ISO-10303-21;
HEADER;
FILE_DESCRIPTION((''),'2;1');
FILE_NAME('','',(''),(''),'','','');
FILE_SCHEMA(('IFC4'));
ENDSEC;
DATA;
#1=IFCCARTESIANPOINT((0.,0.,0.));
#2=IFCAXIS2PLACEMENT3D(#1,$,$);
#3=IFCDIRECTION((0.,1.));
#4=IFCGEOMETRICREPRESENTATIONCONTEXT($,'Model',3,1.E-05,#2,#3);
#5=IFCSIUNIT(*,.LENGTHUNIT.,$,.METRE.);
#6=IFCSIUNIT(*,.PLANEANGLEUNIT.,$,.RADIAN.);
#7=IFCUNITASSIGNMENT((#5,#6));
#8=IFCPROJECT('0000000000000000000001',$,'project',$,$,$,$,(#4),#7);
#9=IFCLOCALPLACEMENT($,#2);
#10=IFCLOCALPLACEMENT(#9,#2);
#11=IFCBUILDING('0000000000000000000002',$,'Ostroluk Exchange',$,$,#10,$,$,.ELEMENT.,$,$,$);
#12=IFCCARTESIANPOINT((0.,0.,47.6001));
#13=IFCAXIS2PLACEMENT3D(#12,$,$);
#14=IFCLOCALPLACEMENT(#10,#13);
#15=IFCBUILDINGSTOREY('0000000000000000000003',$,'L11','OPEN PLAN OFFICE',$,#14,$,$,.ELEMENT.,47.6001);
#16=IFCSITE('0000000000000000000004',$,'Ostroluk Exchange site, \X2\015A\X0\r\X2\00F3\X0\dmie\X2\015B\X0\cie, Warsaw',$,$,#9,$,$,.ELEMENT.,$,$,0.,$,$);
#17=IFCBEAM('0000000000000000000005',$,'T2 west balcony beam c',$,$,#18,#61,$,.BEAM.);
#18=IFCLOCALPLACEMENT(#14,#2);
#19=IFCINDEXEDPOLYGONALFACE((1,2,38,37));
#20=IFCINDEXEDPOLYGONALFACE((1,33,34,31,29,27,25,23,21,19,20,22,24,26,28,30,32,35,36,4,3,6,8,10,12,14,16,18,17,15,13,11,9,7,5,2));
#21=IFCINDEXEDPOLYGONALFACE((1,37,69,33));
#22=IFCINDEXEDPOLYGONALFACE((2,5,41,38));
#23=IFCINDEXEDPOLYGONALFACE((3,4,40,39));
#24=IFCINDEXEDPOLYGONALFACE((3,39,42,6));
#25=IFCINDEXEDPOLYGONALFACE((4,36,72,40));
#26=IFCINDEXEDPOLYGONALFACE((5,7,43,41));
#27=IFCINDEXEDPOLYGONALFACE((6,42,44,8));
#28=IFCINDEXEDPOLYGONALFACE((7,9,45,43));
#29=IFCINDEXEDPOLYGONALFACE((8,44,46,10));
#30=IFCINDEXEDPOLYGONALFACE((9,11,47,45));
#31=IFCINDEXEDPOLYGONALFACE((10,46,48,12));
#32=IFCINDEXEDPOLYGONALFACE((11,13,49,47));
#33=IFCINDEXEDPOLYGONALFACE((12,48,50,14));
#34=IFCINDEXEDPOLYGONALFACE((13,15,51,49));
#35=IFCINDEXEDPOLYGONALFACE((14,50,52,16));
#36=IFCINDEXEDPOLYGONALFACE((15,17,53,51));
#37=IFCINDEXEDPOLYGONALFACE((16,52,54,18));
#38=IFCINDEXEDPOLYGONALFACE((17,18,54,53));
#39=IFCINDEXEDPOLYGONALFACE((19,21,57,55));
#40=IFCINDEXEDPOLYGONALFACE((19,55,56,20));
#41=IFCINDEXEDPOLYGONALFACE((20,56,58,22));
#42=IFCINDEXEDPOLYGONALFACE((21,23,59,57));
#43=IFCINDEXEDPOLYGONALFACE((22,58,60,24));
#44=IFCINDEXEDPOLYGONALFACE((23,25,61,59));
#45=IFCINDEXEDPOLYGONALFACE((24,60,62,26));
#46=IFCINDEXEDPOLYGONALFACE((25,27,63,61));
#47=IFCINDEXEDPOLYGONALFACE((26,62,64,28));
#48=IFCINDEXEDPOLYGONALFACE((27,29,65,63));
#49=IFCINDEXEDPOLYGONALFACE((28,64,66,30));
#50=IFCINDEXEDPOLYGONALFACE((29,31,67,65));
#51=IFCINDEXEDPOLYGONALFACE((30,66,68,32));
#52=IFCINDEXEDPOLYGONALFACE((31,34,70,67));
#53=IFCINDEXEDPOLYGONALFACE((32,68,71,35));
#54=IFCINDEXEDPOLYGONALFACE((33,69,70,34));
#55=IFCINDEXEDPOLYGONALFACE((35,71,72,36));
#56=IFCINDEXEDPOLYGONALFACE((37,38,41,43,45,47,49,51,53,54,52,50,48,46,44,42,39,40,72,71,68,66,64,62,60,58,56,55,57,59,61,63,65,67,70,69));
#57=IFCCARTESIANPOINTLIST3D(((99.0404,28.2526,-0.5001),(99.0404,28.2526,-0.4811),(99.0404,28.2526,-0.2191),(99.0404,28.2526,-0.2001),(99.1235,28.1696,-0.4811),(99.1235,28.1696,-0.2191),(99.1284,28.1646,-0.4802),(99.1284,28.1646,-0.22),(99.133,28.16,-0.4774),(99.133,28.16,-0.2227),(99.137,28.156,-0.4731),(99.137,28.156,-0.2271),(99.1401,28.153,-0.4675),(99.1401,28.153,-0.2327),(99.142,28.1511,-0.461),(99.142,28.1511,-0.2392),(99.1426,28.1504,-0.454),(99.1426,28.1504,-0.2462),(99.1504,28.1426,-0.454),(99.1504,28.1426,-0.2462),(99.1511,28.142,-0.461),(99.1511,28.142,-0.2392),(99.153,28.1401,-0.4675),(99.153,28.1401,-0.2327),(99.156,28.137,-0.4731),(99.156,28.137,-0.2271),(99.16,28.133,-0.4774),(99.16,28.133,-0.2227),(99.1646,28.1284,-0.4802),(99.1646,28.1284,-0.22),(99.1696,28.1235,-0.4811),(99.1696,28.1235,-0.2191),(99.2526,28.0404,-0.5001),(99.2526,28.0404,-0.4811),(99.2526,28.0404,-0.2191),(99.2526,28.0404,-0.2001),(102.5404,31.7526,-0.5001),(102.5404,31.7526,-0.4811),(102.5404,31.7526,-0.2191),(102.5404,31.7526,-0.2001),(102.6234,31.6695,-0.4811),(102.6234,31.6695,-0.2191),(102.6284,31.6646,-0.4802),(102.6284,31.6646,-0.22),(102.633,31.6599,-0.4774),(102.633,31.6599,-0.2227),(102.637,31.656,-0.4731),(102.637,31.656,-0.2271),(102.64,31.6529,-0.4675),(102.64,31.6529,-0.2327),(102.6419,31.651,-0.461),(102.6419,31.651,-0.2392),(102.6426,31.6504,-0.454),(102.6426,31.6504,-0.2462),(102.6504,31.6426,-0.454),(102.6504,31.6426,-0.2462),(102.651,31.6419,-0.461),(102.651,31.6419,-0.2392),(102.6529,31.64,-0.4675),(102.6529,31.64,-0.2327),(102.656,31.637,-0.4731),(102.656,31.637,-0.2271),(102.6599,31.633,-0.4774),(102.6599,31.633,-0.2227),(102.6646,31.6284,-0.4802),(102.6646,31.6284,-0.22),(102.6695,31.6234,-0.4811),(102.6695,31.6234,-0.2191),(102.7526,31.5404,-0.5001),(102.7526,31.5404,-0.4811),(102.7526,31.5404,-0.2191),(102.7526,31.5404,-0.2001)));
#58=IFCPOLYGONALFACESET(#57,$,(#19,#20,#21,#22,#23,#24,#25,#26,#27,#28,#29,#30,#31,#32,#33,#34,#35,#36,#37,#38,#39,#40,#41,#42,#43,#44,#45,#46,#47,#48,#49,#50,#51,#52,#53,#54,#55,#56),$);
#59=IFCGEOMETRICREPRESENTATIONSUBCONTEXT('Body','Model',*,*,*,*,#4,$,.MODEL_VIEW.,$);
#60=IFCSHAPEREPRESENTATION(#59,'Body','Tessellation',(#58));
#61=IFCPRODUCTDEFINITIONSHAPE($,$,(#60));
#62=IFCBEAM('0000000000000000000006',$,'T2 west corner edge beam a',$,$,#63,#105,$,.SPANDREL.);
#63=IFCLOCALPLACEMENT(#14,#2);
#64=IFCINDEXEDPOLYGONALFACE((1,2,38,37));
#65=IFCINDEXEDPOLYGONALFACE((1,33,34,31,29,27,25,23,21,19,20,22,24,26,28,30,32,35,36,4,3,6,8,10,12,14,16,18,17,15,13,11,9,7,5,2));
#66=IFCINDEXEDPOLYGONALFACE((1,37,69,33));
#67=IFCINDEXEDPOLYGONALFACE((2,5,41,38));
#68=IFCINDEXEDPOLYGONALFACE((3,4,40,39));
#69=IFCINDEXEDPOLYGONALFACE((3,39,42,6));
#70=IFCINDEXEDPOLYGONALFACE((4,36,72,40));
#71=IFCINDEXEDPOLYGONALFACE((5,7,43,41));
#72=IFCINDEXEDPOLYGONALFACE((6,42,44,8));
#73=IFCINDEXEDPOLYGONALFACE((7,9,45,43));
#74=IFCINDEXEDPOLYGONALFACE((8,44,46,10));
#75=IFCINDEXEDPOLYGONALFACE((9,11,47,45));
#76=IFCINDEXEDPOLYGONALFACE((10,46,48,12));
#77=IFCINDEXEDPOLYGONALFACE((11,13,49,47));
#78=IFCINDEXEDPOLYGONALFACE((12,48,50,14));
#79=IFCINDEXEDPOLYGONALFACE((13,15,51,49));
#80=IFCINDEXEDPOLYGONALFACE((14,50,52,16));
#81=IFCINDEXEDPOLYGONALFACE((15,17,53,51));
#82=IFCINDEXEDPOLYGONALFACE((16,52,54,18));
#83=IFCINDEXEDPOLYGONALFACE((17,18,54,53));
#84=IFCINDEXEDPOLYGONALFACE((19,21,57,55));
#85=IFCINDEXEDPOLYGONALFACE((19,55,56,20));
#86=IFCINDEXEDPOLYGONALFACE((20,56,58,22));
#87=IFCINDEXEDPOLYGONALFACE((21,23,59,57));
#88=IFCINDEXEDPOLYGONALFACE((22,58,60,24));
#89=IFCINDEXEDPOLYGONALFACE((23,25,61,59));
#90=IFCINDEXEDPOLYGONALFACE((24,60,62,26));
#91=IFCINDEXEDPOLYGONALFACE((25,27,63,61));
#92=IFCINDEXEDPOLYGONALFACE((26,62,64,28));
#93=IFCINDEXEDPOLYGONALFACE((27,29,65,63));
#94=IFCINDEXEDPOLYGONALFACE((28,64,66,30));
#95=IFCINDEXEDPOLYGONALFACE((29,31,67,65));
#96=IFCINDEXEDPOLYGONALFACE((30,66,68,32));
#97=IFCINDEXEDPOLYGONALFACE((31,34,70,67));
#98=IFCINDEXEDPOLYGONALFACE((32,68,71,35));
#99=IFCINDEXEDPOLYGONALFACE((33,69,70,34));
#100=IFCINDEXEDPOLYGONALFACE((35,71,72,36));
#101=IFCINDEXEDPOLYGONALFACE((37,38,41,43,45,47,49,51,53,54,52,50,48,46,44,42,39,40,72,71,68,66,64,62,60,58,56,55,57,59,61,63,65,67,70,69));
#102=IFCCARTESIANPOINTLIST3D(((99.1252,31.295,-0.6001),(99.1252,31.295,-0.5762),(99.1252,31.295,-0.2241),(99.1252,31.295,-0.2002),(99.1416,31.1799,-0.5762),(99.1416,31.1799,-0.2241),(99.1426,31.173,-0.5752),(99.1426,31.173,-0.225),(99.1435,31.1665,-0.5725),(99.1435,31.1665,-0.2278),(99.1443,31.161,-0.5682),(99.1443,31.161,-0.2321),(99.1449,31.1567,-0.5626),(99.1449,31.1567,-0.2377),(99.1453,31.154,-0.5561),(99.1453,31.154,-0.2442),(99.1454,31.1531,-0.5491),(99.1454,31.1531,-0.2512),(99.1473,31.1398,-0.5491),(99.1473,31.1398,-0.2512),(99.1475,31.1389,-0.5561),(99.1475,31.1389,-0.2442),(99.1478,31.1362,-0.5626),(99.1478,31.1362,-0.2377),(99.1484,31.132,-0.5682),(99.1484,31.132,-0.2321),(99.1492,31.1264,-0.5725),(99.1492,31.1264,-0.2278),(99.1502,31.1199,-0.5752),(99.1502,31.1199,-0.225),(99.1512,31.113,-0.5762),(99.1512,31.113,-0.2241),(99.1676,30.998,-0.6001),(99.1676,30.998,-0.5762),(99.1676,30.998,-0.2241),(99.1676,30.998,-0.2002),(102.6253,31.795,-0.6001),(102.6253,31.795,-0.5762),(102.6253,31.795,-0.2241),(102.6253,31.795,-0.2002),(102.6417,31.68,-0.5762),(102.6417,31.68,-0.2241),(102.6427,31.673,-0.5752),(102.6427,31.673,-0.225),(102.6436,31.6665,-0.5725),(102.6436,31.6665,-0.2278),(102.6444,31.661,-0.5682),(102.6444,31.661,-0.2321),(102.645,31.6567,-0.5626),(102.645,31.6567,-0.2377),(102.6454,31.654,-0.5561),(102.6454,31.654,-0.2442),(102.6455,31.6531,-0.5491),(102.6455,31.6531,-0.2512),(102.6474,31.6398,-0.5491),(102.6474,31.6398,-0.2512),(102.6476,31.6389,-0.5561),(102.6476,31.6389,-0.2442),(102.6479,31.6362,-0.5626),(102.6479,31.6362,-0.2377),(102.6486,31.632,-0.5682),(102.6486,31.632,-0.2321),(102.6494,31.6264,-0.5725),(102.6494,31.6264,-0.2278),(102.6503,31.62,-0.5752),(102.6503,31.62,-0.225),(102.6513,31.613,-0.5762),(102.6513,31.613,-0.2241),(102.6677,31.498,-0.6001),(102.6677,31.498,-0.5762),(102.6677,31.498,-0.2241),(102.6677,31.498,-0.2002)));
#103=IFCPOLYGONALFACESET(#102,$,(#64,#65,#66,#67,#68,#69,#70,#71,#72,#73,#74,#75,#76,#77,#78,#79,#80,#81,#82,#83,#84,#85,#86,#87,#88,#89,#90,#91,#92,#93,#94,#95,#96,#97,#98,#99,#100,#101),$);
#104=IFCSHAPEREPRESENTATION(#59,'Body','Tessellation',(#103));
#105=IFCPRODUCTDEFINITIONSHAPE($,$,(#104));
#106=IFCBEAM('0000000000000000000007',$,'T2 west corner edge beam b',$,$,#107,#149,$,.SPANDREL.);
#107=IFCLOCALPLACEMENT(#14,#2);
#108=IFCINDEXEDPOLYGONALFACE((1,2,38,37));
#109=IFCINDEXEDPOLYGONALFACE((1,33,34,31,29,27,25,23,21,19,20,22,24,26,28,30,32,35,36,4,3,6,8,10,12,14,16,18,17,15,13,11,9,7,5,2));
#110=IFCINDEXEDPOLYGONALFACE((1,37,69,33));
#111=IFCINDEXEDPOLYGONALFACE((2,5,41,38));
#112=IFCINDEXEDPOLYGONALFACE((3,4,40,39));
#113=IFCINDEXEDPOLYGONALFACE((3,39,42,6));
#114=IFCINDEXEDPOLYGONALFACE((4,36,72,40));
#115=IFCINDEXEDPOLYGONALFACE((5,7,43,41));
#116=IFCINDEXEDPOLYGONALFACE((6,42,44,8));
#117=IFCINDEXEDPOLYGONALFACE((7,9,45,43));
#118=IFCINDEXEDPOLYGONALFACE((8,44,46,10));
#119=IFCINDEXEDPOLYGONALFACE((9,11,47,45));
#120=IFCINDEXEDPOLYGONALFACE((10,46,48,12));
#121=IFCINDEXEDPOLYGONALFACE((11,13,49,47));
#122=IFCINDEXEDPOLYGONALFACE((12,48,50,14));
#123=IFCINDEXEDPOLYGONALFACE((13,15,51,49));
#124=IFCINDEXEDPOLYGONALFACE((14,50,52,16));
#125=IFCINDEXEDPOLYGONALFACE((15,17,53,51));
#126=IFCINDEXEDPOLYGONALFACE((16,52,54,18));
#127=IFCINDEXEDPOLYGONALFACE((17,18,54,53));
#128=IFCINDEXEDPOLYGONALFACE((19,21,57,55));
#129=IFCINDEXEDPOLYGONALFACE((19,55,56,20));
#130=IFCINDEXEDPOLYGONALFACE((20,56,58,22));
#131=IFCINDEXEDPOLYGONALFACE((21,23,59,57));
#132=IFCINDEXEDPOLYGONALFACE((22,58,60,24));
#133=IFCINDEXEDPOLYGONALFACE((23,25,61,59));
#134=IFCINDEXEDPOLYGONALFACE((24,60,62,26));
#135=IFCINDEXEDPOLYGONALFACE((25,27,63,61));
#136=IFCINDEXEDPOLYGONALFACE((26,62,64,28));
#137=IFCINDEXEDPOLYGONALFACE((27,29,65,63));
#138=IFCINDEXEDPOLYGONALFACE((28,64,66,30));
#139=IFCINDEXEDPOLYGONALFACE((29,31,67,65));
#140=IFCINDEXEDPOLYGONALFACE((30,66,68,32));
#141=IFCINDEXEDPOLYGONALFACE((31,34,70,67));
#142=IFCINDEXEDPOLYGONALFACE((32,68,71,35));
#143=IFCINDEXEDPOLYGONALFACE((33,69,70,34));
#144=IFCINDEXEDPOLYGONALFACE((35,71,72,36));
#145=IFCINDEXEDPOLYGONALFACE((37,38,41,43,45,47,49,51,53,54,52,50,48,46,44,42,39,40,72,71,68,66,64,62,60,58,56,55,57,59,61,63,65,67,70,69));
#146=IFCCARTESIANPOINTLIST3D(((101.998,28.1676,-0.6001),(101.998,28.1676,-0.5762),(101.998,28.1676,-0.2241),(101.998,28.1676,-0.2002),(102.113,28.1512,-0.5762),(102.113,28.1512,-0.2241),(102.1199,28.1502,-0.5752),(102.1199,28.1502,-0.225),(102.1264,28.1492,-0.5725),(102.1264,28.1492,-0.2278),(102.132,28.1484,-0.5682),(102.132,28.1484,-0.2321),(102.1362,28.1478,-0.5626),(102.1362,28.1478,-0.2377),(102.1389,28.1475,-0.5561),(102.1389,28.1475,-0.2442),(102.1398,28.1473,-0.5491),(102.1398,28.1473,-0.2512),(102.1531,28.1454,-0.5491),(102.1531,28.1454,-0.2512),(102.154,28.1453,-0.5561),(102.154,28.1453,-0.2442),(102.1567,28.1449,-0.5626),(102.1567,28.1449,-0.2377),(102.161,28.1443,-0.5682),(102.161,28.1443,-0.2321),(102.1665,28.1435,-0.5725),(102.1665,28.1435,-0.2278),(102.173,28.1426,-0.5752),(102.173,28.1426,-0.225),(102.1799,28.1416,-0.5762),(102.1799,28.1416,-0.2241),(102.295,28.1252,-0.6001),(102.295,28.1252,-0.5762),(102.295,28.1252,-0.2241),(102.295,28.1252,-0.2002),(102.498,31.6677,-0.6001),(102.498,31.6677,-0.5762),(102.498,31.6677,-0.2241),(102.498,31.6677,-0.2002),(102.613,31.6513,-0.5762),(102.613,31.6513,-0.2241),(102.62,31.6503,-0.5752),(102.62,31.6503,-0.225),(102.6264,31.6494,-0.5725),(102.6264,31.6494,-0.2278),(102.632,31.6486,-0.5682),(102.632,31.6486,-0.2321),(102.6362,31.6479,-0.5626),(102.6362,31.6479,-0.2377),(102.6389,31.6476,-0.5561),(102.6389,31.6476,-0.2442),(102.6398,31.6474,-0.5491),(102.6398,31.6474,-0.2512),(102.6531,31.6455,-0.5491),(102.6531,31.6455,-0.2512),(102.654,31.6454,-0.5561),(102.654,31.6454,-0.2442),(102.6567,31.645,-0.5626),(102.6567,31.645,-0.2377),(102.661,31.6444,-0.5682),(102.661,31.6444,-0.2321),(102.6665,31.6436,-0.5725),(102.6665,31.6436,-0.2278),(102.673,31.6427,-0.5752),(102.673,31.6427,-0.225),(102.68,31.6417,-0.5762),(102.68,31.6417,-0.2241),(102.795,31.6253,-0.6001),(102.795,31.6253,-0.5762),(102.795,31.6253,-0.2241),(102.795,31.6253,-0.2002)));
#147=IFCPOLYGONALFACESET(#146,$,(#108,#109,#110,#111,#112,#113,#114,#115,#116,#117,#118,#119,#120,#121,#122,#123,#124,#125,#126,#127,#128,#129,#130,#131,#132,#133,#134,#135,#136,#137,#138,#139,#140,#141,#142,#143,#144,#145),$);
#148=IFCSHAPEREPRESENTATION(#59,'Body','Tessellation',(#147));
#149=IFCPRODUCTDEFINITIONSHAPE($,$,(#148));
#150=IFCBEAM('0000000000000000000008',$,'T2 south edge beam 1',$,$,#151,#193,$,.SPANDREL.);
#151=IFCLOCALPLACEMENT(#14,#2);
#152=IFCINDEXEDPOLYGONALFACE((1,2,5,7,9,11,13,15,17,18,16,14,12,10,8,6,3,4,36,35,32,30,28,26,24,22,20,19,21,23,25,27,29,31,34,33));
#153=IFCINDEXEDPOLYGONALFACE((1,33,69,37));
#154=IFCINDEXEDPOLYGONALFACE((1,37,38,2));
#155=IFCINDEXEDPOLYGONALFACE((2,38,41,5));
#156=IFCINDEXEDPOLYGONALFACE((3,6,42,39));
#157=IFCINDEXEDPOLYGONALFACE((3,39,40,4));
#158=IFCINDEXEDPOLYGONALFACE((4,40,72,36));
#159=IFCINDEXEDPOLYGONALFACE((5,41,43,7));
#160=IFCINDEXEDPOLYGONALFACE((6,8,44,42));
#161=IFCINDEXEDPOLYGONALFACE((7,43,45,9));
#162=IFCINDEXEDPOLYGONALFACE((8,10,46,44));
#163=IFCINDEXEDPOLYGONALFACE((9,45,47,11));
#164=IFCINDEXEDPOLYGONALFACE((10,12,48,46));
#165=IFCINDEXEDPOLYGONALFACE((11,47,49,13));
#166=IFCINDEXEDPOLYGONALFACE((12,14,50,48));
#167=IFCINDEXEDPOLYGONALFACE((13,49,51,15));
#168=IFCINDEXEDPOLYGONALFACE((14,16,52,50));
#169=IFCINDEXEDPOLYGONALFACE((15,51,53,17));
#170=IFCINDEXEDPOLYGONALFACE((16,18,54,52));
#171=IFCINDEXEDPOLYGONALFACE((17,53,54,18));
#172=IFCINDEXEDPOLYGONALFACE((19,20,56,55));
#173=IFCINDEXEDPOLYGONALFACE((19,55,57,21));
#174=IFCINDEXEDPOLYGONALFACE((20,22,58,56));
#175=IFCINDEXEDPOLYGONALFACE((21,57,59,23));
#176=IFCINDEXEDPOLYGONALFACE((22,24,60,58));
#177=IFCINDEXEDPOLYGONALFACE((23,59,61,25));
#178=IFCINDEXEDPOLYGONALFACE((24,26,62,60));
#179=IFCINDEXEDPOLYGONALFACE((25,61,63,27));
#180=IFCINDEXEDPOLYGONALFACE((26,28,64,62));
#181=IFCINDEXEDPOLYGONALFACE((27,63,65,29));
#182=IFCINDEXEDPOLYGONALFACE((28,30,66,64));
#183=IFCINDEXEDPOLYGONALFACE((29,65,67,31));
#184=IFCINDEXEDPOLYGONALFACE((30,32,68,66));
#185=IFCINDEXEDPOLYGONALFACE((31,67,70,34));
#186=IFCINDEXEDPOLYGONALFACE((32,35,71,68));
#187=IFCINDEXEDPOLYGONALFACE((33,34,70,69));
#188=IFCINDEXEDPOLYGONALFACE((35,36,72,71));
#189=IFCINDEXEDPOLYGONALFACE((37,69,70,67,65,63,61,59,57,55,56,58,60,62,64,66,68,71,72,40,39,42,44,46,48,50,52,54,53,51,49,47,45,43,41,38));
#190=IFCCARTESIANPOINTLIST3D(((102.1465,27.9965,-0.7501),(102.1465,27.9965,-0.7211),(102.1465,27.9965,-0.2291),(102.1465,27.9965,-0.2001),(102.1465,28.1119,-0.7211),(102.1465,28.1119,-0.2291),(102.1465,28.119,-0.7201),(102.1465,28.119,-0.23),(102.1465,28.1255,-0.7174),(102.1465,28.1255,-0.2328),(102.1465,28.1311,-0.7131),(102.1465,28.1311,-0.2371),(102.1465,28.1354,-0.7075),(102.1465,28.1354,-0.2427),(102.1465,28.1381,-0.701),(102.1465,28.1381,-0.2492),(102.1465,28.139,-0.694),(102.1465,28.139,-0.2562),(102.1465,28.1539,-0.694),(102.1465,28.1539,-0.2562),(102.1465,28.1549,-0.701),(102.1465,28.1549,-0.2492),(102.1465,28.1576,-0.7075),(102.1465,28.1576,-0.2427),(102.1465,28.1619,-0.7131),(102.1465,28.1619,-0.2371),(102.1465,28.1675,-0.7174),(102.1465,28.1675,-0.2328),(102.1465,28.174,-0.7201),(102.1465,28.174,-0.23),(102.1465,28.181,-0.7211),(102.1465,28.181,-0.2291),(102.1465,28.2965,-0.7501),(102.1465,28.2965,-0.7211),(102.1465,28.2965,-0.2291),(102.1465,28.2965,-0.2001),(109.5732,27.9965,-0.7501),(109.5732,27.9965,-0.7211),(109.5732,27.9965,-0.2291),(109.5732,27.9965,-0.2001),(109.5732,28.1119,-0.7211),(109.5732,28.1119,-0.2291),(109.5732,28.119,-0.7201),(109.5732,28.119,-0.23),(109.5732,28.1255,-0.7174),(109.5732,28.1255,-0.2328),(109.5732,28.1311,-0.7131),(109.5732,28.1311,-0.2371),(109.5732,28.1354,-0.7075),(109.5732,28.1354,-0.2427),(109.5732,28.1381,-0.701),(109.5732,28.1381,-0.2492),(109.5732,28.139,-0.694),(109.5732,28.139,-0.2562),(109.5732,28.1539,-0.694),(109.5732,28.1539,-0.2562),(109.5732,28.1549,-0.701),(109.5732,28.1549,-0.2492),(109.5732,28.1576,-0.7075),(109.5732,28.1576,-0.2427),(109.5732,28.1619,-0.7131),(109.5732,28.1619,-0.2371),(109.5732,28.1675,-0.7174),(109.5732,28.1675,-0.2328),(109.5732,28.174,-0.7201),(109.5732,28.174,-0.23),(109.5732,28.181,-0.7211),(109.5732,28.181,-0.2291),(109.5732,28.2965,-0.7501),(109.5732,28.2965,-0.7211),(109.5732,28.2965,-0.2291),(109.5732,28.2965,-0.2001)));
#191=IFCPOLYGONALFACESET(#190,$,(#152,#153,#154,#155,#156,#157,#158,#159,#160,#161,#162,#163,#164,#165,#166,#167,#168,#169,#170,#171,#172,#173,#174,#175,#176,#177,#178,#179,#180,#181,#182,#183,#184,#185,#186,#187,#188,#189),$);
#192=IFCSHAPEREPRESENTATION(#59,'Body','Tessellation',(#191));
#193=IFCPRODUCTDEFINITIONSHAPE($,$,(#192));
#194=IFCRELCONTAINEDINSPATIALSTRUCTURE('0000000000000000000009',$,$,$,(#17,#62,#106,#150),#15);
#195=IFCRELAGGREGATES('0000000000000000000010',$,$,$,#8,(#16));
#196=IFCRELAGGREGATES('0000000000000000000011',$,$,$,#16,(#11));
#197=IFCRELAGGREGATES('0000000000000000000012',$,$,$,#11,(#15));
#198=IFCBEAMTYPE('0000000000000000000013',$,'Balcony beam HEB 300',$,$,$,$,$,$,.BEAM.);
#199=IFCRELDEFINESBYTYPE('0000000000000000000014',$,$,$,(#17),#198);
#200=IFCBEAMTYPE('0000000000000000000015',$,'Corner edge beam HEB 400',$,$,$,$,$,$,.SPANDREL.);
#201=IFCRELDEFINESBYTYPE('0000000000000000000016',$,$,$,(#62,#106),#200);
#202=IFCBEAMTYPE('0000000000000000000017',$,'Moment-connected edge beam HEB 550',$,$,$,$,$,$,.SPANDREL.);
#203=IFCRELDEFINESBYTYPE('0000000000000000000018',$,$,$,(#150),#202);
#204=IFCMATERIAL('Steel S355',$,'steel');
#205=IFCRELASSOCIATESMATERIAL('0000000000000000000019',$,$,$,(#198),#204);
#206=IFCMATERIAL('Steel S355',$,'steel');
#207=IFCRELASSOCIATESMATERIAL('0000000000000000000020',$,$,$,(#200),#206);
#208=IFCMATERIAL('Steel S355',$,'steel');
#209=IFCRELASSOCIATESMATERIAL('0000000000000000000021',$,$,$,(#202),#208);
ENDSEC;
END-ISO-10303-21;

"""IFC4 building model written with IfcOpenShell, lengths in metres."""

from ifc_helpers import new_model, si_unit, direction, frame, origin, origin_2d, place, context, subcontext, project, spatial, i_section, extrude, material, material_profile, profile_set, type_object, element, save


model = new_model("IFC4")

# Units and contexts
model_context = context("Model", 3, precision=1e-05, world=origin(), true_north=direction((0.0, 1.0)))
body_context = subcontext(model_context, "Body", "Model", "MODEL_VIEW")
ifc_project = project(units=[si_unit("LENGTHUNIT", "METRE"), si_unit("PLANEANGLEUNIT", "RADIAN")], contexts=[model_context])

# Site, building, storey
site_placement = place(None, origin())
site = spatial("IfcSite", under=ifc_project, at=site_placement, Name="Ostroluk Exchange site, Śródmieście, Warsaw", CompositionType="ELEMENT", RefElevation=0.0)
building_placement = place(site_placement, origin())
building = spatial("IfcBuilding", under=site, at=building_placement, Name="Ostroluk Exchange", CompositionType="ELEMENT")
storey_placement = place(building_placement, frame((0.0, 0.0, 47.6001)))
storey = spatial("IfcBuildingStorey", under=building, at=storey_placement, Name="L11", Description="OPEN PLAN OFFICE", CompositionType="ELEMENT", Elevation=47.6001)

# Beams
ifc_material_1 = material(Name="Steel S355", Category="steel")
ifc_material_profile_1 = material_profile(ifc_material_1, i_section(OverallWidth=0.3, OverallDepth=0.3, WebThickness=0.011, FlangeThickness=0.019, FilletRadius=0.0271, at=origin_2d()), Name="HEB 300")
ifc_profile_set_1 = profile_set([ifc_material_profile_1], Name="Steel S355")
beam_type_1 = type_object("IfcBeamType", Name="Balcony beam HEB 300", PredefinedType="BEAM", material=ifc_profile_set_1)
beam_placement = place(storey_placement, frame((102.6465, 31.6465, -0.3501), z_axis=(-0.707107, -0.707107, 0.0), x_axis=(0.707107, -0.707107, 0.0)))
element("IfcBeam", 1, at=beam_placement, inside=storey, type_object=beam_type_1, Name="T2 west balcony beam c", PredefinedType="BEAM", context=body_context, shape_type="SweptSolid", body=[
    extrude(i_section(OverallWidth=0.3, OverallDepth=0.3, WebThickness=0.011, FlangeThickness=0.019, FilletRadius=0.0271, at=origin_2d()), origin(), (0.0, 0.0, 1.0), 4.9497),
])
ifc_material_2 = material(Name="Steel S355", Category="steel")
ifc_material_profile_2 = material_profile(ifc_material_2, i_section(OverallWidth=0.3, OverallDepth=0.3999, WebThickness=0.0134, FlangeThickness=0.0239, FilletRadius=0.0271, at=origin_2d()), Name="HEB 400")
ifc_profile_set_2 = profile_set([ifc_material_profile_2], Name="Steel S355")
beam_type_2 = type_object("IfcBeamType", Name="Corner edge beam HEB 400", PredefinedType="SPANDREL", material=ifc_profile_set_2)
for number, where, z_axis, x_axis, name in (
    (2, (102.6465, 31.6465, -0.4001), (-0.989949, -0.141421, 0.0), (0.141421, -0.989949, 0.0), "T2 west corner edge beam a"),
    (3, (102.6465, 31.6465, -0.4001), (-0.141421, -0.989949, 0.0), (0.989949, -0.141421, 0.0), "T2 west corner edge beam b"),
):
    element("IfcBeam", number, at=place(storey_placement, frame(where, z_axis=z_axis, x_axis=x_axis)), inside=storey, type_object=beam_type_2, Name=name, PredefinedType="SPANDREL", context=body_context, shape_type="SweptSolid", body=[
        extrude(i_section(OverallWidth=0.3, OverallDepth=0.3999, WebThickness=0.0134, FlangeThickness=0.0239, FilletRadius=0.0271, at=origin_2d()), origin(), (0.0, 0.0, 1.0), 3.5356),
    ])
ifc_material_3 = material(Name="Steel S355", Category="steel")
ifc_material_profile_3 = material_profile(ifc_material_3, i_section(OverallWidth=0.3, OverallDepth=0.55, WebThickness=0.0149, FlangeThickness=0.0291, FilletRadius=0.0271, at=origin_2d()), Name="HEB 550")
ifc_profile_set_3 = profile_set([ifc_material_profile_3], Name="Steel S355")
beam_type_3 = type_object("IfcBeamType", Name="Moment-connected edge beam HEB 550", PredefinedType="SPANDREL", material=ifc_profile_set_3)
for number, where, z_axis, x_axis, name in (
    (4, (102.1465, 28.1465, -0.4751), (1.0, 0.0, 0.0), (0.0, 1.0, 0.0), "T2 south edge beam 1"),
):
    element("IfcBeam", number, at=place(storey_placement, frame(where, z_axis=z_axis, x_axis=x_axis)), inside=storey, type_object=beam_type_3, Name=name, PredefinedType="SPANDREL", context=body_context, shape_type="SweptSolid", body=[
        extrude(i_section(OverallWidth=0.3, OverallDepth=0.55, WebThickness=0.0149, FlangeThickness=0.0291, FilletRadius=0.0271, at=origin_2d()), origin(), (0.0, 0.0, 1.0), 7.4268),
    ])

save(model, "model.ifc")
